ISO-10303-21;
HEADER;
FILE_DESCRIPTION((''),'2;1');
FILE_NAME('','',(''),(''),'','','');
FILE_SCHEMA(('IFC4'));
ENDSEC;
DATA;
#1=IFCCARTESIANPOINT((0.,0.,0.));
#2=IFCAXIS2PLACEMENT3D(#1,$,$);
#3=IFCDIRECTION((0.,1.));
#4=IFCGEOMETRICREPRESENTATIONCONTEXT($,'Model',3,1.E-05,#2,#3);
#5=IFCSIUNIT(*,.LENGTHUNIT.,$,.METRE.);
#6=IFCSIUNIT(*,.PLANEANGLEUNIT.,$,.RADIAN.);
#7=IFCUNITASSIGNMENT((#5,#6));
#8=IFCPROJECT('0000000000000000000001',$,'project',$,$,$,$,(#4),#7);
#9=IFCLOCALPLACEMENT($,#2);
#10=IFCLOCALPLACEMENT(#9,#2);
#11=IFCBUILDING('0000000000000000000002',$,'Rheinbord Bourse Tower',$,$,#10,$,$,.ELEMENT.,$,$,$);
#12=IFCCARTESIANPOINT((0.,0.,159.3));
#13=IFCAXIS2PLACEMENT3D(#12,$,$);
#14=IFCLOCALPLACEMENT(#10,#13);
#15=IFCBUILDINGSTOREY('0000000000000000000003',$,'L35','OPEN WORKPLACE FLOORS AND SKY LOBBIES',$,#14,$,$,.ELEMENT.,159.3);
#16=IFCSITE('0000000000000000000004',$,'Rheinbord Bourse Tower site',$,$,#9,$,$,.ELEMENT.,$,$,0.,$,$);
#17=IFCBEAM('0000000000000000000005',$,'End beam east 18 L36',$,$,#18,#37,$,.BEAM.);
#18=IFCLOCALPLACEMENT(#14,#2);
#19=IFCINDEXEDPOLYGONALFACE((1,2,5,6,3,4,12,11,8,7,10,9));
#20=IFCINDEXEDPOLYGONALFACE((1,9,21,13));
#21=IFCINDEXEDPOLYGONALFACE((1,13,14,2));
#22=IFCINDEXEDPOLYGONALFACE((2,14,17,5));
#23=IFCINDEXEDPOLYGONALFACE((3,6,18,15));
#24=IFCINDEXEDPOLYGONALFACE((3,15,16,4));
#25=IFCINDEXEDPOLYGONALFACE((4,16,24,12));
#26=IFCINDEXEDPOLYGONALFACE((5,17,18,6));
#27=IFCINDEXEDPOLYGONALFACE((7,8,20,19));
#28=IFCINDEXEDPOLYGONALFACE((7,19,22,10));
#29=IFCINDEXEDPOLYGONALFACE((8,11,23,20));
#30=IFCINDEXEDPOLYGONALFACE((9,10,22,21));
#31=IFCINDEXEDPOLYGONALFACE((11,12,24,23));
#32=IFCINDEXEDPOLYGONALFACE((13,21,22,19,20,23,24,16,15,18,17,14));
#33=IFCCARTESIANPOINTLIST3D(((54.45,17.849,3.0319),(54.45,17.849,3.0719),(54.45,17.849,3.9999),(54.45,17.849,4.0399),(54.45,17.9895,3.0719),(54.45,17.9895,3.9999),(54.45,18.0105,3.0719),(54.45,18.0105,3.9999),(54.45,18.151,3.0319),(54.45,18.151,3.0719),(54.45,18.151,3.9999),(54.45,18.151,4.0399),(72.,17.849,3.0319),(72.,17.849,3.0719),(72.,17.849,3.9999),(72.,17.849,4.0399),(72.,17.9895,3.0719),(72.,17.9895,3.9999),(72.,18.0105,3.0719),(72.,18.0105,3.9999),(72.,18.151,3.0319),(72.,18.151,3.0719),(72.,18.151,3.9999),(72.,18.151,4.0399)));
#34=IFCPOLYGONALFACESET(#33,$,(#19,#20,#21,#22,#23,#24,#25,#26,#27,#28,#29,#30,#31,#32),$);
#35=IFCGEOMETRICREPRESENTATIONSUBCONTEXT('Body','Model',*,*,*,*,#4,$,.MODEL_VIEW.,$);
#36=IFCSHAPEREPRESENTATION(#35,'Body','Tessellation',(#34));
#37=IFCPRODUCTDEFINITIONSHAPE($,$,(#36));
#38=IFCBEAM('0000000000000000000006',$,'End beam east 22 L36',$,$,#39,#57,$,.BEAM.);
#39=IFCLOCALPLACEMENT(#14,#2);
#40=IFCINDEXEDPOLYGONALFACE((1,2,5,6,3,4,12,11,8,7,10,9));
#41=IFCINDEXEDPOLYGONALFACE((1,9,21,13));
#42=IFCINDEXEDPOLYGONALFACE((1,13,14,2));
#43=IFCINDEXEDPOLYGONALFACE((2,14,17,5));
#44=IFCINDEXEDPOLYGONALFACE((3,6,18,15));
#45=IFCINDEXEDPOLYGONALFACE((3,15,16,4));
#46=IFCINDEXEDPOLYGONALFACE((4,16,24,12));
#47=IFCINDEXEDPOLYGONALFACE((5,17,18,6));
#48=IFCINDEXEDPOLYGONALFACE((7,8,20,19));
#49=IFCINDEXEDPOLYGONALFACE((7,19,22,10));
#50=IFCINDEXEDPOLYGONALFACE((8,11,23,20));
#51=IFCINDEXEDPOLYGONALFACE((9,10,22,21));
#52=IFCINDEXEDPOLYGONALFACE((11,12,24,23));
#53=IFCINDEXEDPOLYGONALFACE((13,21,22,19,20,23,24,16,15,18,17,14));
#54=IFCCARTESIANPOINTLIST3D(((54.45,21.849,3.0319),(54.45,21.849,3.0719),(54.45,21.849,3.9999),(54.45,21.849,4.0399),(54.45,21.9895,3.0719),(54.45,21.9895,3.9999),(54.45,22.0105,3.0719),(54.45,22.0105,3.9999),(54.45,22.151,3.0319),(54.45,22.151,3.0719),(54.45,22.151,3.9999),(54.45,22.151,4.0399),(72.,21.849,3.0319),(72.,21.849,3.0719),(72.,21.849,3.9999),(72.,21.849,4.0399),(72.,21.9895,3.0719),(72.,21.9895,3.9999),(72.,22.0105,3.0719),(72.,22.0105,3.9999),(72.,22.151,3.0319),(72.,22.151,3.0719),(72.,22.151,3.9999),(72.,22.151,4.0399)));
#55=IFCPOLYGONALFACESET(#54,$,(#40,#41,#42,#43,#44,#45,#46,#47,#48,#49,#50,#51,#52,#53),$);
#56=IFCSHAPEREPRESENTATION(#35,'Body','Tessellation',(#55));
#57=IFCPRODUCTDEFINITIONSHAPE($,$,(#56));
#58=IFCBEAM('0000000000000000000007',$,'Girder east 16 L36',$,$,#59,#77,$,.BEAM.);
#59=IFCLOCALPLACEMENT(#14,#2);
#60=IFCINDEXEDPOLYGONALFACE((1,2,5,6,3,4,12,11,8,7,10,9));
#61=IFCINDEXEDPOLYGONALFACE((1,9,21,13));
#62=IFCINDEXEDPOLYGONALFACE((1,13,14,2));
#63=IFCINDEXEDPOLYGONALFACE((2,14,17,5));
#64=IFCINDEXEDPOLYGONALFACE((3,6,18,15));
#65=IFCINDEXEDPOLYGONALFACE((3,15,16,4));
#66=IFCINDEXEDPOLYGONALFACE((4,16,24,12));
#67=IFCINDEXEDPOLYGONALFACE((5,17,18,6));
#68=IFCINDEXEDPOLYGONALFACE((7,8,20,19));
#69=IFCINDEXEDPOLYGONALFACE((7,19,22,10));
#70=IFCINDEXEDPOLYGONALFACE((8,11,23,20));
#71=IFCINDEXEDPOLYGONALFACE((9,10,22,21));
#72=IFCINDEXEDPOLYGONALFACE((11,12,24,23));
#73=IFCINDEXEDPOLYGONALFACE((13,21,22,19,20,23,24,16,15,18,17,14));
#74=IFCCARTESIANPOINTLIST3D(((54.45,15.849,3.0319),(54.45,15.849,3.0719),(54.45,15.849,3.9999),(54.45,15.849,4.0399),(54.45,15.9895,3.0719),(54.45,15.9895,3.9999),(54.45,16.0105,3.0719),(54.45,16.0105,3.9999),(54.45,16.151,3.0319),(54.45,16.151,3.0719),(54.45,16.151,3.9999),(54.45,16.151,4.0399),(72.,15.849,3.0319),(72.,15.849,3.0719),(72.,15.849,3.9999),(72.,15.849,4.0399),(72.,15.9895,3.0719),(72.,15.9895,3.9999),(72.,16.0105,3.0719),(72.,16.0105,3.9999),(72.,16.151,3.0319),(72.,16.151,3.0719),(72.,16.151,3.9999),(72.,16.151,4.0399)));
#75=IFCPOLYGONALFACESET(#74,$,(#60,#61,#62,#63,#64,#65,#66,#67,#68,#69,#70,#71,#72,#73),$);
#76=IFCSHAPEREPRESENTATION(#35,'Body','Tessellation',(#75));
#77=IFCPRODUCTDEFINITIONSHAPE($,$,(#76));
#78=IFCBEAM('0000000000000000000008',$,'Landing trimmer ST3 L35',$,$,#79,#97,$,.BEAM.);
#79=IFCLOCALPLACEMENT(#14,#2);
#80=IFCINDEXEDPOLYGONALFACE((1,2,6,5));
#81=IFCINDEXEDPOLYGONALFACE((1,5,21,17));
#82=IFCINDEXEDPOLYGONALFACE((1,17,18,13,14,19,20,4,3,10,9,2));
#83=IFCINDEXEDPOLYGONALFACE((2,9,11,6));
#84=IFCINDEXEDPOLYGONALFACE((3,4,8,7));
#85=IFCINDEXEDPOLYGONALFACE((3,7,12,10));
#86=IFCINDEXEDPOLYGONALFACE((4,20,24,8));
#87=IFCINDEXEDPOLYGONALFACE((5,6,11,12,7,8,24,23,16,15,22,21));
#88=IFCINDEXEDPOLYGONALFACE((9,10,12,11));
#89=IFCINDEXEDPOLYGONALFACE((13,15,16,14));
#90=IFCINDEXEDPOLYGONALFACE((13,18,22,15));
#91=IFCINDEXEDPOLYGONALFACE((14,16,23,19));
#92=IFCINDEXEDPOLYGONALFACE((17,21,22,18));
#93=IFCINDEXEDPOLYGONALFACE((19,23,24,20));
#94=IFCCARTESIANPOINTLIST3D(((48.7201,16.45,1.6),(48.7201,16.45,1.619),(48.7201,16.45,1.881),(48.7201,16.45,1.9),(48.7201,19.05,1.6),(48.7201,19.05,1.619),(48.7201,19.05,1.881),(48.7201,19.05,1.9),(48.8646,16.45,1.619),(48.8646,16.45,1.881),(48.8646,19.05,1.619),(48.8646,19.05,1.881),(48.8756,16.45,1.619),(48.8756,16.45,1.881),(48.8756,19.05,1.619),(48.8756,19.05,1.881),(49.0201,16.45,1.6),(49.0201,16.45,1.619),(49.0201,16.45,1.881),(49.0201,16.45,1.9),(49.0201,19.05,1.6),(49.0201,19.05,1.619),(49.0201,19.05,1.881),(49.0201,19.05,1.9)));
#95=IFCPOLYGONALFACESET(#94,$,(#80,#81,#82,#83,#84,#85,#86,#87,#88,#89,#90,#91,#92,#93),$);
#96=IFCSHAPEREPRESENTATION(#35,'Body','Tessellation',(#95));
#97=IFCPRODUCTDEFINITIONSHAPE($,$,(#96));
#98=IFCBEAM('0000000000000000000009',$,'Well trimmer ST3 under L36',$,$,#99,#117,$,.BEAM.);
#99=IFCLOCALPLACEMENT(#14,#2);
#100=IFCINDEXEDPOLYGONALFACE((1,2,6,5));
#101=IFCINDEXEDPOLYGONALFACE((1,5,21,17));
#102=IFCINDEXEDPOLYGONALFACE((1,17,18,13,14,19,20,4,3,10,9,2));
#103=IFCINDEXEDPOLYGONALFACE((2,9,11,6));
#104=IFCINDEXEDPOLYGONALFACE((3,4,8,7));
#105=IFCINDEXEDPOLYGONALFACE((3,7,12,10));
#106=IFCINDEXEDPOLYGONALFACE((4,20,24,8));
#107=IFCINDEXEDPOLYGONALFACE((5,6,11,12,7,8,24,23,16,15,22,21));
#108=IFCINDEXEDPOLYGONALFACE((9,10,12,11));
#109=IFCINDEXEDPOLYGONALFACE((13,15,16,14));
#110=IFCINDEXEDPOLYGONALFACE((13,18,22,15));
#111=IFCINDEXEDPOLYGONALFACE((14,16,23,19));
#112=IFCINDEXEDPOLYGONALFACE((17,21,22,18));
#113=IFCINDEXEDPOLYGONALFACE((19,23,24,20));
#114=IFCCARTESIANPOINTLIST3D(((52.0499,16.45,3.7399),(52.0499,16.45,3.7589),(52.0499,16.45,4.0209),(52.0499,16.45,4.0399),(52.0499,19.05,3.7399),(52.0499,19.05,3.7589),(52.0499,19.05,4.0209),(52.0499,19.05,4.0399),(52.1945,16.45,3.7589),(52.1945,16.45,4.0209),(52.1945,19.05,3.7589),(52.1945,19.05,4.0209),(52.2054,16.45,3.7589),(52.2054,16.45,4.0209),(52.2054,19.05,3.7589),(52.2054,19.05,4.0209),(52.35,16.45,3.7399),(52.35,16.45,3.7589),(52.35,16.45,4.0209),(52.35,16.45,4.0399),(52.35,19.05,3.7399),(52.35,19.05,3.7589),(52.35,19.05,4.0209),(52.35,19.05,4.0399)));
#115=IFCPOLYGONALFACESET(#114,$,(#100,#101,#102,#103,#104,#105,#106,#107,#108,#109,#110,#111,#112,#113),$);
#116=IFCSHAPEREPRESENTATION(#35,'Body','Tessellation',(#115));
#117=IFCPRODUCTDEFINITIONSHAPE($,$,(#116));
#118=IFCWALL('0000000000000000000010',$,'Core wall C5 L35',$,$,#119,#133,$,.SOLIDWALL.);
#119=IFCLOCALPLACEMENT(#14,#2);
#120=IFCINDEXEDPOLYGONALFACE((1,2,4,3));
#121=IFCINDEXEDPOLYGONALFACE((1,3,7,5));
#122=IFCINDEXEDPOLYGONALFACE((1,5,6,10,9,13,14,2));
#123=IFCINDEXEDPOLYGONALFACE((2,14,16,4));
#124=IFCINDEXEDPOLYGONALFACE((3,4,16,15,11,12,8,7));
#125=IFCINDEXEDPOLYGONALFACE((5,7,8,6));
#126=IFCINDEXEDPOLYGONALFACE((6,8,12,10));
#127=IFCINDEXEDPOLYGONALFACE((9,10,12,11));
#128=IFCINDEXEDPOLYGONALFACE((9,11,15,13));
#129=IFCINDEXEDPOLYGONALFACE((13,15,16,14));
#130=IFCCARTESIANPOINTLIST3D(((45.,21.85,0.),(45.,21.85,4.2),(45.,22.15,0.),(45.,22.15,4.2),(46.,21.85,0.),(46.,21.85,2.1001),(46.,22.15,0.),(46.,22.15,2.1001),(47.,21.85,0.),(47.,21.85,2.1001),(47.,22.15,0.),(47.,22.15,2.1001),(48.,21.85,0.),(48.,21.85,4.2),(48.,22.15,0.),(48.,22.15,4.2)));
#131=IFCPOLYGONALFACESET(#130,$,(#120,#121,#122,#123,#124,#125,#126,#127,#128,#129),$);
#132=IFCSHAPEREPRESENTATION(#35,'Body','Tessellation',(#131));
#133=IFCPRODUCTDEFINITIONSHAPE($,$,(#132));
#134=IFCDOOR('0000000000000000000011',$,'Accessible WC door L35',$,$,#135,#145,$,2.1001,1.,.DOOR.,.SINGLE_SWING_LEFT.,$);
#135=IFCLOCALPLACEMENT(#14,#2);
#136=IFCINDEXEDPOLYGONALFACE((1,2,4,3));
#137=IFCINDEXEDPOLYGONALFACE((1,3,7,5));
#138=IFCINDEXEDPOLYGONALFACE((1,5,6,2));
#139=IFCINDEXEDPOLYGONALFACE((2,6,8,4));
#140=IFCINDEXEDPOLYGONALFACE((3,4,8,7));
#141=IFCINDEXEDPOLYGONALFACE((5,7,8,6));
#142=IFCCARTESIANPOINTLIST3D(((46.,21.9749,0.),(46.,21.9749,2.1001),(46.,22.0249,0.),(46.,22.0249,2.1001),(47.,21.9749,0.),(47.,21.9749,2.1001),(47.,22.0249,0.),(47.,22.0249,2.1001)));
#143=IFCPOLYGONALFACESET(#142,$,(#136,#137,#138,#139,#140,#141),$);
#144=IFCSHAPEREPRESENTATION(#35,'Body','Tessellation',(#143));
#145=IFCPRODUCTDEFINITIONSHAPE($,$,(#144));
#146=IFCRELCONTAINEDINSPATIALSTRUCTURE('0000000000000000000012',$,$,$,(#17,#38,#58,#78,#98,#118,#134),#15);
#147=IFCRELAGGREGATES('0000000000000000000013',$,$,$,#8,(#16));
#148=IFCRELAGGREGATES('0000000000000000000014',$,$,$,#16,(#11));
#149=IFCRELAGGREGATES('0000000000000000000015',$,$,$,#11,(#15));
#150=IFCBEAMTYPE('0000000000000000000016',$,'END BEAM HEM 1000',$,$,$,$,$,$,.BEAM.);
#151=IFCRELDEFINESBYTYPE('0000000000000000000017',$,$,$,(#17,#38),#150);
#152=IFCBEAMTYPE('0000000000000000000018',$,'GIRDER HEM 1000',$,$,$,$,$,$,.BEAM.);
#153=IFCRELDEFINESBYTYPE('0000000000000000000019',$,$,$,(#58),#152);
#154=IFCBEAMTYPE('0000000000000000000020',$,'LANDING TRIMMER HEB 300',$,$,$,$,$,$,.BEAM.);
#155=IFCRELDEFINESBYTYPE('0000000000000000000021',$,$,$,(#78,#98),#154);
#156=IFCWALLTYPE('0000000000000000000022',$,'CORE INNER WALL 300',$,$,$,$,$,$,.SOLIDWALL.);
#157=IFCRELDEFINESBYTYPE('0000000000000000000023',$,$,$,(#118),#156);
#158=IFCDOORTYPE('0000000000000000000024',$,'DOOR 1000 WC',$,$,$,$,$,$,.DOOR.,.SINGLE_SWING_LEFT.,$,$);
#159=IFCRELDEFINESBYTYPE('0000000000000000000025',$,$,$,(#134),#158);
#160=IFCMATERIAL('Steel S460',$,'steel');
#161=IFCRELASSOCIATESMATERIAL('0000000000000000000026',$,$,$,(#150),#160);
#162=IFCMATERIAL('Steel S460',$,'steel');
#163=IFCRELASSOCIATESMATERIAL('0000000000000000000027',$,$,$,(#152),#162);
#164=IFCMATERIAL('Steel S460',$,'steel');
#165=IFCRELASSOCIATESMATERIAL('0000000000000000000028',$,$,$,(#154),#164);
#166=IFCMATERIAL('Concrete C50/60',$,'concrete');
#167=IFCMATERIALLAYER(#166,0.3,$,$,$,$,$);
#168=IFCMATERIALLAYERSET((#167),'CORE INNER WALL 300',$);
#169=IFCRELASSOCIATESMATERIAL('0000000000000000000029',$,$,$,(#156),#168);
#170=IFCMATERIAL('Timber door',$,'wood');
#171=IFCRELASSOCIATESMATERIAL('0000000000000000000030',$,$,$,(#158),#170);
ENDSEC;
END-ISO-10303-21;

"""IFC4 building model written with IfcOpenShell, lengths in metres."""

from ifc_helpers import new_model, si_unit, direction, frame, frame_2d, origin, origin_2d, place, context, subcontext, project, spatial, rectangle, i_section, extrude, material, layer, layer_set, material_profile, profile_set, type_object, element, fill, save


model = new_model("IFC4")

# Units and contexts
model_context = context("Model", 3, precision=1e-05, world=origin(), true_north=direction((0.0, 1.0)))
body_context = subcontext(model_context, "Body", "Model", "MODEL_VIEW")
ifc_project = project(units=[si_unit("LENGTHUNIT", "METRE"), si_unit("PLANEANGLEUNIT", "RADIAN")], contexts=[model_context])

# Site, building, storey
site_placement = place(None, origin())
site = spatial("IfcSite", under=ifc_project, at=site_placement, Name="Rheinbord Bourse Tower site", CompositionType="ELEMENT", RefElevation=0.0)
building_placement = place(site_placement, origin())
building = spatial("IfcBuilding", under=site, at=building_placement, Name="Rheinbord Bourse Tower", CompositionType="ELEMENT")
storey_placement = place(building_placement, frame((0.0, 0.0, 159.3)))
storey = spatial("IfcBuildingStorey", under=building, at=storey_placement, Name="L35", Description="OPEN WORKPLACE FLOORS AND SKY LOBBIES", CompositionType="ELEMENT", Elevation=159.3)

# Beams
ifc_material_1 = material(Name="Steel S460", Category="steel")
ifc_material_profile_1 = material_profile(ifc_material_1, i_section(OverallWidth=0.302, OverallDepth=1.0081, WebThickness=0.021, FlangeThickness=0.04, at=origin_2d()), Name="HEM 1000")
ifc_profile_set_1 = profile_set([ifc_material_profile_1], Name="Steel S460")
beam_type_1 = type_object("IfcBeamType", Name="END BEAM HEM 1000", PredefinedType="BEAM", material=ifc_profile_set_1)
for number, where, z_axis, x_axis, name in (
    (1, (54.45, 18.0, 3.5359), (1.0, 0.0, 0.0), (0.0, 1.0, 0.0), "End beam east 18 L36"),
    (2, (54.45, 22.0, 3.5359), (1.0, 0.0, 0.0), (0.0, 1.0, 0.0), "End beam east 22 L36"),
):
    element("IfcBeam", number, at=place(storey_placement, frame(where, z_axis=z_axis, x_axis=x_axis)), inside=storey, type_object=beam_type_1, Name=name, PredefinedType="BEAM", context=body_context, shape_type="SweptSolid", body=[
        extrude(i_section(OverallWidth=0.302, OverallDepth=1.0081, WebThickness=0.021, FlangeThickness=0.04, at=origin_2d()), origin(), (0.0, 0.0, 1.0), 17.55),
    ])
ifc_material_2 = material(Name="Steel S460", Category="steel")
ifc_material_profile_2 = material_profile(ifc_material_2, i_section(OverallWidth=0.302, OverallDepth=1.0081, WebThickness=0.021, FlangeThickness=0.04, at=origin_2d()), Name="HEM 1000")
ifc_profile_set_2 = profile_set([ifc_material_profile_2], Name="Steel S460")
beam_type_2 = type_object("IfcBeamType", Name="GIRDER HEM 1000", PredefinedType="BEAM", material=ifc_profile_set_2)
beam_placement = place(storey_placement, frame((54.45, 16.0, 3.5359), z_axis=(1.0, 0.0, 0.0), x_axis=(0.0, 1.0, 0.0)))
element("IfcBeam", 3, at=beam_placement, inside=storey, type_object=beam_type_2, Name="Girder east 16 L36", PredefinedType="BEAM", context=body_context, shape_type="SweptSolid", body=[
    extrude(i_section(OverallWidth=0.302, OverallDepth=1.0081, WebThickness=0.021, FlangeThickness=0.04, at=origin_2d()), origin(), (0.0, 0.0, 1.0), 17.55),
])
ifc_material_3 = material(Name="Steel S460", Category="steel")
ifc_material_profile_3 = material_profile(ifc_material_3, i_section(OverallWidth=0.3, OverallDepth=0.3, WebThickness=0.011, FlangeThickness=0.019, at=origin_2d()), Name="HEB 300")
ifc_profile_set_3 = profile_set([ifc_material_profile_3], Name="Steel S460")
beam_type_3 = type_object("IfcBeamType", Name="LANDING TRIMMER HEB 300", PredefinedType="BEAM", material=ifc_profile_set_3)
for number, where, z_axis, x_axis, name in (
    (4, (48.8701, 16.45, 1.75), (0.0, 1.0, 0.0), (-1.0, 0.0, 0.0), "Landing trimmer ST3 L35"),
    (5, (52.2, 16.45, 3.8899), (0.0, 1.0, 0.0), (-1.0, 0.0, 0.0), "Well trimmer ST3 under L36"),
):
    element("IfcBeam", number, at=place(storey_placement, frame(where, z_axis=z_axis, x_axis=x_axis)), inside=storey, type_object=beam_type_3, Name=name, PredefinedType="BEAM", context=body_context, shape_type="SweptSolid", body=[
        extrude(i_section(OverallWidth=0.3, OverallDepth=0.3, WebThickness=0.011, FlangeThickness=0.019, at=origin_2d()), origin(), (0.0, 0.0, 1.0), 2.6001),
    ])

# Wall, opening, door
ifc_material_4 = material(Name="Concrete C50/60", Category="concrete")
ifc_layer_1 = layer(ifc_material_4, 0.3)
ifc_layer_set_1 = layer_set([ifc_layer_1], Name="CORE INNER WALL 300")
wall_type_1 = type_object("IfcWallType", Name="CORE INNER WALL 300", PredefinedType="SOLIDWALL", material=ifc_layer_set_1)
wall_1_placement = place(storey_placement, frame((45.0, 22.0, 0.0), z_axis=(0.0, 0.0, 1.0), x_axis=(1.0, 0.0, 0.0)))
wall_1 = element("IfcWall", 6, at=wall_1_placement, inside=storey, type_object=wall_type_1, Name="Core wall C5 L35", PredefinedType="SOLIDWALL", context=body_context, shape_type="SweptSolid", body=[
    extrude(rectangle(XDim=3.0, YDim=0.3, at=frame_2d((1.5, 0.0))), origin(), (0.0, 0.0, 1.0), 4.2),
])
opening_1_placement = place(wall_1_placement, frame((1.0, 0.0, 0.0)))
opening_1 = element("IfcOpeningElement", 7, at=opening_1_placement, cuts=wall_1, PredefinedType="OPENING", context=body_context, shape_type="SweptSolid", body=[
    extrude(rectangle(XDim=1.0, YDim=2.1001, at=frame_2d((0.5, 1.05))), frame((0.0, 0.1599, 0.0), z_axis=(0.0, -1.0, 0.0), x_axis=(1.0, 0.0, 0.0)), (0.0, 0.0, 1.0), 0.3201),
])
ifc_material_5 = material(Name="Timber door", Category="wood")
door_type_1 = type_object("IfcDoorType", Name="DOOR 1000 WC", OperationType="SINGLE_SWING_LEFT", PredefinedType="DOOR", material=ifc_material_5)
door_1_placement = place(opening_1_placement, origin())
door_1 = element("IfcDoor", 8, at=door_1_placement, inside=storey, type_object=door_type_1, Name="Accessible WC door L35", OperationType="SINGLE_SWING_LEFT", OverallHeight=2.1001, OverallWidth=1.0, PredefinedType="DOOR", context=body_context, shape_type="SweptSolid", body=[
    extrude(rectangle(XDim=1.0, YDim=2.1001, at=frame_2d((0.5, 1.05))), frame((0.0, 0.0249, 0.0), z_axis=(0.0, -1.0, 0.0), x_axis=(1.0, 0.0, 0.0)), (0.0, 0.0, 1.0), 0.05),
])
fill(opening_1, door_1)

save(model, "model.ifc")
